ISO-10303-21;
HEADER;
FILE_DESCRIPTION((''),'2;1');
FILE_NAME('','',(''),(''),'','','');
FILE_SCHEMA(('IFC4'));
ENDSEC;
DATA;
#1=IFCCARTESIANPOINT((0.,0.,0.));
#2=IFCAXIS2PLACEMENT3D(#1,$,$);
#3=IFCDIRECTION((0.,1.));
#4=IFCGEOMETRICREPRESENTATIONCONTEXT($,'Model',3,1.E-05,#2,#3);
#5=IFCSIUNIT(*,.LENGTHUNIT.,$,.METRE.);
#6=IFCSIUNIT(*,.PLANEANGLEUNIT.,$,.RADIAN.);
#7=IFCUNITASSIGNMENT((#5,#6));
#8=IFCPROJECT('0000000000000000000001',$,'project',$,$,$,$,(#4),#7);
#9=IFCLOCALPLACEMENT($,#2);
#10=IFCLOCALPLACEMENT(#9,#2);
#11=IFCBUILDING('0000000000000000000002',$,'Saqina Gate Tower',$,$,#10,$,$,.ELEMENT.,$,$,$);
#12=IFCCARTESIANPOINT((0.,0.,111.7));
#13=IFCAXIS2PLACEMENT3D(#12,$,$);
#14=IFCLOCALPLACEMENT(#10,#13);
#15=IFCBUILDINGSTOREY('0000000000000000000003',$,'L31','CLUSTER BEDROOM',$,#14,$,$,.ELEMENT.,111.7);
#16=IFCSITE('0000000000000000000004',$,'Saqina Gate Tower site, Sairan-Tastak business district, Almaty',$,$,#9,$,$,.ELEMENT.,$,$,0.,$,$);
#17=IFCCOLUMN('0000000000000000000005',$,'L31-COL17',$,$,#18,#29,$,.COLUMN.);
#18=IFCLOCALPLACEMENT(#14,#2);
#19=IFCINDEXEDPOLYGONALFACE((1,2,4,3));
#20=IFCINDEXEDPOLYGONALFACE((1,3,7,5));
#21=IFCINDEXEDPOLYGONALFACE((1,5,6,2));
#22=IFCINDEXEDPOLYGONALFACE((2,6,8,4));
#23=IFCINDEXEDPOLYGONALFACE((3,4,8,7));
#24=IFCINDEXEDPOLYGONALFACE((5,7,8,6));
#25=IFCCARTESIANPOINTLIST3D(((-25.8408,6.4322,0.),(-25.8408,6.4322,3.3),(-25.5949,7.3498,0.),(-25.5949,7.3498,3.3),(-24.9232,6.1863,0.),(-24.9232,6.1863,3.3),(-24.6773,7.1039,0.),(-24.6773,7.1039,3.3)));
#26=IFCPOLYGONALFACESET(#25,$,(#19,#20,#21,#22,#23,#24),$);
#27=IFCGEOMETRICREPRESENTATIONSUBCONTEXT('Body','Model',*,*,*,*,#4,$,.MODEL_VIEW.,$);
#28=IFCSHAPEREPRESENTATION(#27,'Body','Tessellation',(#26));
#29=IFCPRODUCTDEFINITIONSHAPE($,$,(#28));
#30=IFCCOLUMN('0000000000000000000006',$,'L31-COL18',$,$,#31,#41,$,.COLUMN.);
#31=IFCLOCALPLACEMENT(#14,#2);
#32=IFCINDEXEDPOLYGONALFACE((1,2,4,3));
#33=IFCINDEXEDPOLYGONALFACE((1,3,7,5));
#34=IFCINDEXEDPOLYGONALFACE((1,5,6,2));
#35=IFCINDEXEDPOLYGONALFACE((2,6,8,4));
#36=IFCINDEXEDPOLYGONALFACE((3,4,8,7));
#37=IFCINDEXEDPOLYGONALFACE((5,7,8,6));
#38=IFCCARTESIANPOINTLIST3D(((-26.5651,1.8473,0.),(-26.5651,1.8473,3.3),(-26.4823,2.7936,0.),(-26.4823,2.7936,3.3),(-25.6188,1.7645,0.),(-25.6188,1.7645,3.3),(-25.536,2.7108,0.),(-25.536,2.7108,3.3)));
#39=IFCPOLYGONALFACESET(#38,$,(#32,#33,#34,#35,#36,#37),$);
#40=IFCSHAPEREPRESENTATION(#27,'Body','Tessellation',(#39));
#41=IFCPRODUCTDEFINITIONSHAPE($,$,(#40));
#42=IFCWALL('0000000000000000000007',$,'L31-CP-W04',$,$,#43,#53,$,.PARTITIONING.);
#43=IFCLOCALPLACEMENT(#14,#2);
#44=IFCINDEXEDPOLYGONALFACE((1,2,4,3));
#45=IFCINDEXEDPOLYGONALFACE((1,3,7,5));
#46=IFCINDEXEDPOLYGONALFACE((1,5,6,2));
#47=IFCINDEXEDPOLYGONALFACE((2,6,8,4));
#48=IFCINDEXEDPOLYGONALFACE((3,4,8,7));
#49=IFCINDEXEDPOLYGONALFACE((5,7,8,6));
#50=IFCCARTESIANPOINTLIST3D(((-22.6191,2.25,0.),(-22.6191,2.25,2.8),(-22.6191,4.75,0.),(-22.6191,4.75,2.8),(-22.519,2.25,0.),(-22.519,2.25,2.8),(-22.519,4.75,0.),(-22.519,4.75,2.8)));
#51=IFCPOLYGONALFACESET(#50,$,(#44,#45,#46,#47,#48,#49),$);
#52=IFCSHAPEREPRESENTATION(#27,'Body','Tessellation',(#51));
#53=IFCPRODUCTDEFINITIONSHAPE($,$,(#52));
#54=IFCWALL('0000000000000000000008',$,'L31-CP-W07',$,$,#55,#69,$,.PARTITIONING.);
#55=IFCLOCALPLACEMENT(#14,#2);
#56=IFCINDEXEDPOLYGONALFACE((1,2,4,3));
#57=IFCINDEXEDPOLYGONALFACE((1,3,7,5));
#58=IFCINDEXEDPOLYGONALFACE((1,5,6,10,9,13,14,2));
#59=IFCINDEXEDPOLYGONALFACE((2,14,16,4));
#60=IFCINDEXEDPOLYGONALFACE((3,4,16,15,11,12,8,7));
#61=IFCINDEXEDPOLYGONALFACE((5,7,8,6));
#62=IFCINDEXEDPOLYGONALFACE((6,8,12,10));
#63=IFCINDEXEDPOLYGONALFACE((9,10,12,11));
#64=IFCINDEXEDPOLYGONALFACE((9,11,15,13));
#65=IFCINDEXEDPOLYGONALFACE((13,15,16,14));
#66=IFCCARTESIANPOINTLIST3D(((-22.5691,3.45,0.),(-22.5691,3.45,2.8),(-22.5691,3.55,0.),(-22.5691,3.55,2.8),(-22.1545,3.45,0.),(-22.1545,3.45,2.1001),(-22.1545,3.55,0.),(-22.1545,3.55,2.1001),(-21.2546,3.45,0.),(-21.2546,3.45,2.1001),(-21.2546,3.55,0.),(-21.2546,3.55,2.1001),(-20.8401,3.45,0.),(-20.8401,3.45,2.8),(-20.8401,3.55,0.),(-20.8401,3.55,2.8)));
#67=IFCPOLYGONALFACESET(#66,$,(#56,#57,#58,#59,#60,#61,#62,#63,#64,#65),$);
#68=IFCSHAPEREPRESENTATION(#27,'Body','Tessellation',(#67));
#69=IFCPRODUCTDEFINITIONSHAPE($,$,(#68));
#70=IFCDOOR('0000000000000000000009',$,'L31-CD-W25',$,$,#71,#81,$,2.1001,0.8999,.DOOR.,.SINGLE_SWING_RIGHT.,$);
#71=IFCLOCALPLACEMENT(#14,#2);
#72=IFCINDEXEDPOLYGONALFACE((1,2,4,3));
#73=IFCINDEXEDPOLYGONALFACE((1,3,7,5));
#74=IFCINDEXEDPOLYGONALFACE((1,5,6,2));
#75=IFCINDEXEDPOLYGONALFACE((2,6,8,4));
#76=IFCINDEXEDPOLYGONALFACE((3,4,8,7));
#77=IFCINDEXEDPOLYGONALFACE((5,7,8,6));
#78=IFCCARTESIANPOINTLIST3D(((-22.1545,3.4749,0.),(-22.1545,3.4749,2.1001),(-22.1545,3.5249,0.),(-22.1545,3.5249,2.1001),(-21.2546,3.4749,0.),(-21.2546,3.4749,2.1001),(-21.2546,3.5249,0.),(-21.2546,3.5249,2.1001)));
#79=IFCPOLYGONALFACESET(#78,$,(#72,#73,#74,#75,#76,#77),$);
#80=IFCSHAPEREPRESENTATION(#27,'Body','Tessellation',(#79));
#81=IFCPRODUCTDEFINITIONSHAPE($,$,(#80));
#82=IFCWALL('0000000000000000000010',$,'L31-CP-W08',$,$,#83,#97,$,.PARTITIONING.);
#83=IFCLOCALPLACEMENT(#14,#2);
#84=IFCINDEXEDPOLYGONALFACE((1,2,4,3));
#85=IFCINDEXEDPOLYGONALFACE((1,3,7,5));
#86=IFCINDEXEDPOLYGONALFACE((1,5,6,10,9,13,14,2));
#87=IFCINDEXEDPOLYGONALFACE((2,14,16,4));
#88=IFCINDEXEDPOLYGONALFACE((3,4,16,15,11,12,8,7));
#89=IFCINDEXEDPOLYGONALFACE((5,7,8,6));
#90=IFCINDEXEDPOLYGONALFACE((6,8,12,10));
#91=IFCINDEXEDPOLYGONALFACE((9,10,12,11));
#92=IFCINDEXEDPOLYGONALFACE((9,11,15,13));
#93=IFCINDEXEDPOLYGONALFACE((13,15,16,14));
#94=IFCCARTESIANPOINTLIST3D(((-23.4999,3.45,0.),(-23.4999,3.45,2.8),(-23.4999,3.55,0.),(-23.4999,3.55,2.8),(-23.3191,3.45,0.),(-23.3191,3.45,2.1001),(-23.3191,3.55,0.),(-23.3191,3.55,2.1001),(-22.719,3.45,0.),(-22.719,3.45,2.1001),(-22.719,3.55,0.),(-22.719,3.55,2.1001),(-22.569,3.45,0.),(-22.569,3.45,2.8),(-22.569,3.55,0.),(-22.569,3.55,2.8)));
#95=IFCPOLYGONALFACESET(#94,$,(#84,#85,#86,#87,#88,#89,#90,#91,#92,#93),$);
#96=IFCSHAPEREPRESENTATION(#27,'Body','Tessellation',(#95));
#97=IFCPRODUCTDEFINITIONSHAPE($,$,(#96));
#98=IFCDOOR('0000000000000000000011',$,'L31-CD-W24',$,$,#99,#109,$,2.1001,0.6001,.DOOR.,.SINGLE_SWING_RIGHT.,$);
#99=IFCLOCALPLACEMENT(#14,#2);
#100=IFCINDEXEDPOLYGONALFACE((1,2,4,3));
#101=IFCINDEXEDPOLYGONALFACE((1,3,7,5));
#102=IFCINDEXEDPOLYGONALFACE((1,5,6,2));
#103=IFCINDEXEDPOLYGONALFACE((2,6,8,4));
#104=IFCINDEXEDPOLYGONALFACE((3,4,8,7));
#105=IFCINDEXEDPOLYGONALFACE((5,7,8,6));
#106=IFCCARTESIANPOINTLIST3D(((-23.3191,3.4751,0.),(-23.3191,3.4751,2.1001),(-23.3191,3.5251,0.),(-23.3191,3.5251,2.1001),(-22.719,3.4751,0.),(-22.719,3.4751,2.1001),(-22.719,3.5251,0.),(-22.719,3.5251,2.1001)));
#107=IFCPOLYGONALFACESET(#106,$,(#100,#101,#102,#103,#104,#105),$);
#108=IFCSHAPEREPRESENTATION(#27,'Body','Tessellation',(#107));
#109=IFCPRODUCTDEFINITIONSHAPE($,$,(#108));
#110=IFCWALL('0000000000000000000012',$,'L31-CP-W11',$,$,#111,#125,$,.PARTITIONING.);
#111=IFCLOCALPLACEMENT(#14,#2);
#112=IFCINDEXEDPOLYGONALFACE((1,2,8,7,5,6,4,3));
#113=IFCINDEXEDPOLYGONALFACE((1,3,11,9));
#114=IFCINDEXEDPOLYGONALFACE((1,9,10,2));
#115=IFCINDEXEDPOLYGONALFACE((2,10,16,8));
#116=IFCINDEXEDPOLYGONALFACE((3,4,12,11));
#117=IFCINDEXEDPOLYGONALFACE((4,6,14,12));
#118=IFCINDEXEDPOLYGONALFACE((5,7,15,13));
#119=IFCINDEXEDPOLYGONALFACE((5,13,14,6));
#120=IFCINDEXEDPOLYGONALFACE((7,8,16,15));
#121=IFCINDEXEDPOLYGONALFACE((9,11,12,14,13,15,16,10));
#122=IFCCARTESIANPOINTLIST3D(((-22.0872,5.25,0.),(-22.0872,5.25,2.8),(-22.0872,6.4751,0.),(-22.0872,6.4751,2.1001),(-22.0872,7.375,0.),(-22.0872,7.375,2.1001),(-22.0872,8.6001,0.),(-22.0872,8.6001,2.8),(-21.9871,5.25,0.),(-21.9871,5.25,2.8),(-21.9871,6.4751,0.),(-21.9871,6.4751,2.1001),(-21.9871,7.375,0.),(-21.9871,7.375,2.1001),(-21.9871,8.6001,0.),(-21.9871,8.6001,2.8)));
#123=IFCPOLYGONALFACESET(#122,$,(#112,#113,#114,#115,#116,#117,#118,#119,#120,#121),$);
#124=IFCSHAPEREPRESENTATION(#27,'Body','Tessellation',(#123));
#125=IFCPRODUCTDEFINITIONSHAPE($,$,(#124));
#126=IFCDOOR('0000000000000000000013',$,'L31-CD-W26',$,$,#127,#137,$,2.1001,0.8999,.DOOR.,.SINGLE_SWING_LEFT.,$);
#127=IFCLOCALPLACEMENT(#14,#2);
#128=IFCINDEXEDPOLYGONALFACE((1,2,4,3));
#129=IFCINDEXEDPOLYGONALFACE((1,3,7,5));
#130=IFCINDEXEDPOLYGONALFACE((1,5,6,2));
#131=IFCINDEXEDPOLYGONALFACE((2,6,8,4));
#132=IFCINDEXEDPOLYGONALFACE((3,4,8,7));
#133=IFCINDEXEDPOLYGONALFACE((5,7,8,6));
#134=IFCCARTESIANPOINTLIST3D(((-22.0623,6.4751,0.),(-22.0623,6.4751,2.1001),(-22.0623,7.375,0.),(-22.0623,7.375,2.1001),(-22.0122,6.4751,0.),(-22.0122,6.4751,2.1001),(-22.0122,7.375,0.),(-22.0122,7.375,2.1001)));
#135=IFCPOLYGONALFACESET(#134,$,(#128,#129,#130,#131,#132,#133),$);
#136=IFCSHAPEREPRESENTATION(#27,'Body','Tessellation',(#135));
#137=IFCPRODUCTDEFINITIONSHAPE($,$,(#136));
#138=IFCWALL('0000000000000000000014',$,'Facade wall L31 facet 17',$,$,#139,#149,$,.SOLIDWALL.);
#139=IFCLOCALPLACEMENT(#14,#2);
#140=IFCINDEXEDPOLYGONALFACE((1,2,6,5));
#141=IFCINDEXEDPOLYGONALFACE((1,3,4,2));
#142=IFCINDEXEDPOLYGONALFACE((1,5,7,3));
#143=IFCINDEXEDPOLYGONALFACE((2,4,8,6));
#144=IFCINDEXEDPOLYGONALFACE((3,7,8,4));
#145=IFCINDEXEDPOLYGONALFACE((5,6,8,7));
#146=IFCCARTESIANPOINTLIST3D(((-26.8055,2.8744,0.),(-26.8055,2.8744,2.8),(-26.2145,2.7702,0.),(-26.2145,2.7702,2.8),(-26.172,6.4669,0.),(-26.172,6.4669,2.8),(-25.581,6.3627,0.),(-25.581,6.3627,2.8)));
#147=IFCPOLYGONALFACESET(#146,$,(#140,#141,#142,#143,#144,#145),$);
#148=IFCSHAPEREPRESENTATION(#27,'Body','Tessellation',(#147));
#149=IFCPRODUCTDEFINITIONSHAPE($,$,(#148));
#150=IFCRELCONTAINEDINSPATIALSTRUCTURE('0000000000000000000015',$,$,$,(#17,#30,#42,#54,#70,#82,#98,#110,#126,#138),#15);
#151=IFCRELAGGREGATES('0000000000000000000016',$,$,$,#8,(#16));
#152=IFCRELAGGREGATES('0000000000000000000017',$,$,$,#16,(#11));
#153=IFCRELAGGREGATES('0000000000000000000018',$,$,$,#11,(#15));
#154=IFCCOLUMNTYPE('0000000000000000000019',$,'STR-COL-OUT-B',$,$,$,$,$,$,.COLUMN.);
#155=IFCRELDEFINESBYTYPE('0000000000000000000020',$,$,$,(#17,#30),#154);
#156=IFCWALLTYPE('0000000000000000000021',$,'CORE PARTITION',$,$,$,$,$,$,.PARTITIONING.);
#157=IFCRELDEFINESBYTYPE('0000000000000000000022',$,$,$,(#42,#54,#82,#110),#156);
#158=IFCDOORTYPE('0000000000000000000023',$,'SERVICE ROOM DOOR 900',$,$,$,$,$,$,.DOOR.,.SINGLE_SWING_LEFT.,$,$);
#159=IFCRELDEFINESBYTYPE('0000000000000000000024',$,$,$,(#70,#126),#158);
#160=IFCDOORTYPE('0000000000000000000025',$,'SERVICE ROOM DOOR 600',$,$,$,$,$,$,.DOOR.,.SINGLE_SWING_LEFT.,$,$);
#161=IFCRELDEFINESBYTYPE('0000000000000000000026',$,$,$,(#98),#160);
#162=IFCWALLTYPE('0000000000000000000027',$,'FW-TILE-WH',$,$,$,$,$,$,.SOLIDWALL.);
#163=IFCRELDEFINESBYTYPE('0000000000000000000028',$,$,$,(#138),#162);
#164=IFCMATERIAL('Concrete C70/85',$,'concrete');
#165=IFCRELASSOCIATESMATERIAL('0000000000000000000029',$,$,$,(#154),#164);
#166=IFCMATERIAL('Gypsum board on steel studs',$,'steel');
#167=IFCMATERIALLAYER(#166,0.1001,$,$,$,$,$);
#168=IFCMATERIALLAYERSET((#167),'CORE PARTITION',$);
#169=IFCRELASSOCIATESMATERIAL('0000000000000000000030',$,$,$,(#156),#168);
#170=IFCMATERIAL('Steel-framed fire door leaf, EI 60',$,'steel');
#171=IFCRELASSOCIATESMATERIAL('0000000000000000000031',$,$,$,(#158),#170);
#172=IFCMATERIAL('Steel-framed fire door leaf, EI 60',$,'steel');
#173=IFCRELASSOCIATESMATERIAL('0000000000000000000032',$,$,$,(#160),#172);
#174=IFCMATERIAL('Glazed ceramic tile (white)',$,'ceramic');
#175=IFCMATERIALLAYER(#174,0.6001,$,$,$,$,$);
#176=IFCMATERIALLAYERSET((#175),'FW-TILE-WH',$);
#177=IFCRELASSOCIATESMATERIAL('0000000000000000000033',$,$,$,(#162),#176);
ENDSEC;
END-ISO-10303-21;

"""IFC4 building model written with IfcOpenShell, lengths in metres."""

from ifc_helpers import new_model, si_unit, direction, frame, frame_2d, origin, origin_2d, place, context, subcontext, project, spatial, rectangle, extrude, material, layer, layer_set, material_profile, profile_set, type_object, element, fill, save


model = new_model("IFC4")

# Units and contexts
model_context = context("Model", 3, precision=1e-05, world=origin(), true_north=direction((0.0, 1.0)))
body_context = subcontext(model_context, "Body", "Model", "MODEL_VIEW")
ifc_project = project(units=[si_unit("LENGTHUNIT", "METRE"), si_unit("PLANEANGLEUNIT", "RADIAN")], contexts=[model_context])

# Site, building, storey
site_placement = place(None, origin())
site = spatial("IfcSite", under=ifc_project, at=site_placement, Name="Saqina Gate Tower site, Sairan-Tastak business district, Almaty", CompositionType="ELEMENT", RefElevation=0.0)
building_placement = place(site_placement, origin())
building = spatial("IfcBuilding", under=site, at=building_placement, Name="Saqina Gate Tower", CompositionType="ELEMENT")
storey_placement = place(building_placement, frame((0.0, 0.0, 111.7)))
storey = spatial("IfcBuildingStorey", under=building, at=storey_placement, Name="L31", Description="CLUSTER BEDROOM", CompositionType="ELEMENT", Elevation=111.7)

# Columns
ifc_material_1 = material(Name="Concrete C70/85", Category="concrete")
ifc_material_profile = material_profile(ifc_material_1, rectangle(XDim=0.95, YDim=0.95, at=origin_2d()), Name="RC 950x950")
ifc_profile_set = profile_set([ifc_material_profile], Name="Concrete C70/85")
column_type = type_object("IfcColumnType", Name="STR-COL-OUT-B", PredefinedType="COLUMN", material=ifc_profile_set)
for number, where, z_axis, x_axis, name in (
    (1, (-25.259, 6.7681, 0.0), (0.0, 0.0, 1.0), (-0.965926, 0.258819, 0.0), "L31-COL17"),
    (2, (-26.0505, 2.2791, 0.0), (0.0, 0.0, 1.0), (-0.996195, 0.087156, 0.0), "L31-COL18"),
):
    element("IfcColumn", number, at=place(storey_placement, frame(where, z_axis=z_axis, x_axis=x_axis)), inside=storey, type_object=column_type, Name=name, PredefinedType="COLUMN", context=body_context, shape_type="SweptSolid", body=[
        extrude(rectangle(XDim=0.95, YDim=0.95, at=origin_2d()), origin(), (0.0, 0.0, 1.0), 3.3),
    ])

# Wall
ifc_material_2 = material(Name="Gypsum board on steel studs", Category="steel")
ifc_layer_1 = layer(ifc_material_2, 0.1001)
ifc_layer_set_1 = layer_set([ifc_layer_1], Name="CORE PARTITION")
wall_type_1 = type_object("IfcWallType", Name="CORE PARTITION", PredefinedType="PARTITIONING", material=ifc_layer_set_1)
wall_1_placement = place(storey_placement, frame((-22.5691, 2.25, 0.0), z_axis=(0.0, 0.0, 1.0), x_axis=(0.0, 1.0, 0.0)))
element("IfcWall", 3, at=wall_1_placement, inside=storey, type_object=wall_type_1, Name="L31-CP-W04", PredefinedType="PARTITIONING", context=body_context, shape_type="SweptSolid", body=[
    extrude(rectangle(XDim=2.5, YDim=0.1001, at=frame_2d((1.25, 0.0))), origin(), (0.0, 0.0, 1.0), 2.8),
])

# Walls, openings, doors
wall_2_placement = place(storey_placement, frame((-20.8401, 3.5, 0.0), z_axis=(0.0, 0.0, 1.0), x_axis=(-1.0, 0.0, 0.0)))
wall_2 = element("IfcWall", 4, at=wall_2_placement, inside=storey, type_object=wall_type_1, Name="L31-CP-W07", PredefinedType="PARTITIONING", context=body_context, shape_type="SweptSolid", body=[
    extrude(rectangle(XDim=1.729, YDim=0.1001, at=frame_2d((0.8645, 0.0))), origin(), (0.0, 0.0, 1.0), 2.8),
])
opening_1_placement = place(wall_2_placement, frame((0.4146, 0.0, 0.0)))
opening_1 = element("IfcOpeningElement", 5, at=opening_1_placement, cuts=wall_2, PredefinedType="OPENING", context=body_context, shape_type="SweptSolid", body=[
    extrude(rectangle(XDim=0.8999, YDim=2.1001, at=frame_2d((0.45, 1.05))), frame((0.0, 0.062, 0.0), z_axis=(0.0, -1.0, 0.0), x_axis=(1.0, 0.0, 0.0)), (0.0, 0.0, 1.0), 0.124),
])
ifc_material_3 = material(Name="Steel-framed fire door leaf, EI 60", Category="steel")
door_type_1 = type_object("IfcDoorType", Name="SERVICE ROOM DOOR 900", OperationType="SINGLE_SWING_LEFT", PredefinedType="DOOR", material=ifc_material_3)
door_1_placement = place(opening_1_placement, frame((0.8999, 0.0, 0.0), z_axis=(0.0, 0.0, 1.0), x_axis=(-1.0, 0.0, 0.0)))
door_1 = element("IfcDoor", 6, at=door_1_placement, inside=storey, type_object=door_type_1, Name="L31-CD-W25", OperationType="SINGLE_SWING_RIGHT", OverallHeight=2.1001, OverallWidth=0.8999, PredefinedType="DOOR", context=body_context, shape_type="SweptSolid", body=[
    extrude(rectangle(XDim=0.8999, YDim=2.1001, at=frame_2d((0.45, 1.05))), frame((0.0, 0.0249, 0.0), z_axis=(0.0, -1.0, 0.0), x_axis=(1.0, 0.0, 0.0)), (0.0, 0.0, 1.0), 0.05),
])
fill(opening_1, door_1)
wall_3_placement = place(storey_placement, frame((-22.5691, 3.5, 0.0), z_axis=(0.0, 0.0, 1.0), x_axis=(-1.0, 0.0, 0.0)))
wall_3 = element("IfcWall", 7, at=wall_3_placement, inside=storey, type_object=wall_type_1, Name="L31-CP-W08", PredefinedType="PARTITIONING", context=body_context, shape_type="SweptSolid", body=[
    extrude(rectangle(XDim=0.9309, YDim=0.1001, at=frame_2d((0.4653, 0.0))), origin(), (0.0, 0.0, 1.0), 2.8),
])
opening_2_placement = place(wall_3_placement, frame((0.1499, 0.0, 0.0)))
opening_2 = element("IfcOpeningElement", 8, at=opening_2_placement, cuts=wall_3, PredefinedType="OPENING", context=body_context, shape_type="SweptSolid", body=[
    extrude(rectangle(XDim=0.6001, YDim=2.1001, at=frame_2d((0.3, 1.05))), frame((0.0, 0.062, 0.0), z_axis=(0.0, -1.0, 0.0), x_axis=(1.0, 0.0, 0.0)), (0.0, 0.0, 1.0), 0.124),
])
ifc_material_4 = material(Name="Steel-framed fire door leaf, EI 60", Category="steel")
door_type_2 = type_object("IfcDoorType", Name="SERVICE ROOM DOOR 600", OperationType="SINGLE_SWING_LEFT", PredefinedType="DOOR", material=ifc_material_4)
door_2_placement = place(opening_2_placement, origin())
door_2 = element("IfcDoor", 9, at=door_2_placement, inside=storey, type_object=door_type_2, Name="L31-CD-W24", OperationType="SINGLE_SWING_RIGHT", OverallHeight=2.1001, OverallWidth=0.6001, PredefinedType="DOOR", context=body_context, shape_type="SweptSolid", body=[
    extrude(rectangle(XDim=0.6001, YDim=2.1001, at=frame_2d((0.3, 1.05))), frame((0.0, 0.0249, 0.0), z_axis=(0.0, -1.0, 0.0), x_axis=(1.0, 0.0, 0.0)), (0.0, 0.0, 1.0), 0.05),
])
fill(opening_2, door_2)
wall_4_placement = place(storey_placement, frame((-22.0371, 5.25, 0.0), z_axis=(0.0, 0.0, 1.0), x_axis=(0.0, 1.0, 0.0)))
wall_4 = element("IfcWall", 10, at=wall_4_placement, inside=storey, type_object=wall_type_1, Name="L31-CP-W11", PredefinedType="PARTITIONING", context=body_context, shape_type="SweptSolid", body=[
    extrude(rectangle(XDim=3.3501, YDim=0.1001, at=frame_2d((1.675, 0.0))), origin(), (0.0, 0.0, 1.0), 2.8),
])
opening_3_placement = place(wall_4_placement, frame((1.2251, 0.0, 0.0)))
opening_3 = element("IfcOpeningElement", 11, at=opening_3_placement, cuts=wall_4, PredefinedType="OPENING", context=body_context, shape_type="SweptSolid", body=[
    extrude(rectangle(XDim=0.8999, YDim=2.1001, at=frame_2d((0.45, 1.05))), frame((0.0, 0.062, 0.0), z_axis=(0.0, -1.0, 0.0), x_axis=(1.0, 0.0, 0.0)), (0.0, 0.0, 1.0), 0.124),
])
door_3_placement = place(opening_3_placement, frame((0.8999, 0.0, 0.0), z_axis=(0.0, 0.0, 1.0), x_axis=(-1.0, 0.0, 0.0)))
door_3 = element("IfcDoor", 12, at=door_3_placement, inside=storey, type_object=door_type_1, Name="L31-CD-W26", OperationType="SINGLE_SWING_LEFT", OverallHeight=2.1001, OverallWidth=0.8999, PredefinedType="DOOR", context=body_context, shape_type="SweptSolid", body=[
    extrude(rectangle(XDim=0.8999, YDim=2.1001, at=frame_2d((0.45, 1.05))), frame((0.0, 0.0249, 0.0), z_axis=(0.0, -1.0, 0.0), x_axis=(1.0, 0.0, 0.0)), (0.0, 0.0, 1.0), 0.05),
])
fill(opening_3, door_3)

# Wall
ifc_material_5 = material(Name="Glazed ceramic tile (white)", Category="ceramic")
ifc_layer_2 = layer(ifc_material_5, 0.6001)
ifc_layer_set_2 = layer_set([ifc_layer_2], Name="FW-TILE-WH")
wall_type_2 = type_object("IfcWallType", Name="FW-TILE-WH", PredefinedType="SOLIDWALL", material=ifc_layer_set_2)
wall_5_placement = place(storey_placement, frame((-25.8765, 6.4148, 0.0), z_axis=(0.0, 0.0, 1.0), x_axis=(-0.173671, -0.984804, 0.0)))
element("IfcWall", 13, at=wall_5_placement, inside=storey, type_object=wall_type_2, Name="Facade wall L31 facet 17", PredefinedType="SOLIDWALL", context=body_context, shape_type="SweptSolid", body=[
    extrude(rectangle(XDim=3.6479, YDim=0.6001, at=frame_2d((1.824, 0.0))), origin(), (0.0, 0.0, 1.0), 2.8),
])

save(model, "model.ifc")
